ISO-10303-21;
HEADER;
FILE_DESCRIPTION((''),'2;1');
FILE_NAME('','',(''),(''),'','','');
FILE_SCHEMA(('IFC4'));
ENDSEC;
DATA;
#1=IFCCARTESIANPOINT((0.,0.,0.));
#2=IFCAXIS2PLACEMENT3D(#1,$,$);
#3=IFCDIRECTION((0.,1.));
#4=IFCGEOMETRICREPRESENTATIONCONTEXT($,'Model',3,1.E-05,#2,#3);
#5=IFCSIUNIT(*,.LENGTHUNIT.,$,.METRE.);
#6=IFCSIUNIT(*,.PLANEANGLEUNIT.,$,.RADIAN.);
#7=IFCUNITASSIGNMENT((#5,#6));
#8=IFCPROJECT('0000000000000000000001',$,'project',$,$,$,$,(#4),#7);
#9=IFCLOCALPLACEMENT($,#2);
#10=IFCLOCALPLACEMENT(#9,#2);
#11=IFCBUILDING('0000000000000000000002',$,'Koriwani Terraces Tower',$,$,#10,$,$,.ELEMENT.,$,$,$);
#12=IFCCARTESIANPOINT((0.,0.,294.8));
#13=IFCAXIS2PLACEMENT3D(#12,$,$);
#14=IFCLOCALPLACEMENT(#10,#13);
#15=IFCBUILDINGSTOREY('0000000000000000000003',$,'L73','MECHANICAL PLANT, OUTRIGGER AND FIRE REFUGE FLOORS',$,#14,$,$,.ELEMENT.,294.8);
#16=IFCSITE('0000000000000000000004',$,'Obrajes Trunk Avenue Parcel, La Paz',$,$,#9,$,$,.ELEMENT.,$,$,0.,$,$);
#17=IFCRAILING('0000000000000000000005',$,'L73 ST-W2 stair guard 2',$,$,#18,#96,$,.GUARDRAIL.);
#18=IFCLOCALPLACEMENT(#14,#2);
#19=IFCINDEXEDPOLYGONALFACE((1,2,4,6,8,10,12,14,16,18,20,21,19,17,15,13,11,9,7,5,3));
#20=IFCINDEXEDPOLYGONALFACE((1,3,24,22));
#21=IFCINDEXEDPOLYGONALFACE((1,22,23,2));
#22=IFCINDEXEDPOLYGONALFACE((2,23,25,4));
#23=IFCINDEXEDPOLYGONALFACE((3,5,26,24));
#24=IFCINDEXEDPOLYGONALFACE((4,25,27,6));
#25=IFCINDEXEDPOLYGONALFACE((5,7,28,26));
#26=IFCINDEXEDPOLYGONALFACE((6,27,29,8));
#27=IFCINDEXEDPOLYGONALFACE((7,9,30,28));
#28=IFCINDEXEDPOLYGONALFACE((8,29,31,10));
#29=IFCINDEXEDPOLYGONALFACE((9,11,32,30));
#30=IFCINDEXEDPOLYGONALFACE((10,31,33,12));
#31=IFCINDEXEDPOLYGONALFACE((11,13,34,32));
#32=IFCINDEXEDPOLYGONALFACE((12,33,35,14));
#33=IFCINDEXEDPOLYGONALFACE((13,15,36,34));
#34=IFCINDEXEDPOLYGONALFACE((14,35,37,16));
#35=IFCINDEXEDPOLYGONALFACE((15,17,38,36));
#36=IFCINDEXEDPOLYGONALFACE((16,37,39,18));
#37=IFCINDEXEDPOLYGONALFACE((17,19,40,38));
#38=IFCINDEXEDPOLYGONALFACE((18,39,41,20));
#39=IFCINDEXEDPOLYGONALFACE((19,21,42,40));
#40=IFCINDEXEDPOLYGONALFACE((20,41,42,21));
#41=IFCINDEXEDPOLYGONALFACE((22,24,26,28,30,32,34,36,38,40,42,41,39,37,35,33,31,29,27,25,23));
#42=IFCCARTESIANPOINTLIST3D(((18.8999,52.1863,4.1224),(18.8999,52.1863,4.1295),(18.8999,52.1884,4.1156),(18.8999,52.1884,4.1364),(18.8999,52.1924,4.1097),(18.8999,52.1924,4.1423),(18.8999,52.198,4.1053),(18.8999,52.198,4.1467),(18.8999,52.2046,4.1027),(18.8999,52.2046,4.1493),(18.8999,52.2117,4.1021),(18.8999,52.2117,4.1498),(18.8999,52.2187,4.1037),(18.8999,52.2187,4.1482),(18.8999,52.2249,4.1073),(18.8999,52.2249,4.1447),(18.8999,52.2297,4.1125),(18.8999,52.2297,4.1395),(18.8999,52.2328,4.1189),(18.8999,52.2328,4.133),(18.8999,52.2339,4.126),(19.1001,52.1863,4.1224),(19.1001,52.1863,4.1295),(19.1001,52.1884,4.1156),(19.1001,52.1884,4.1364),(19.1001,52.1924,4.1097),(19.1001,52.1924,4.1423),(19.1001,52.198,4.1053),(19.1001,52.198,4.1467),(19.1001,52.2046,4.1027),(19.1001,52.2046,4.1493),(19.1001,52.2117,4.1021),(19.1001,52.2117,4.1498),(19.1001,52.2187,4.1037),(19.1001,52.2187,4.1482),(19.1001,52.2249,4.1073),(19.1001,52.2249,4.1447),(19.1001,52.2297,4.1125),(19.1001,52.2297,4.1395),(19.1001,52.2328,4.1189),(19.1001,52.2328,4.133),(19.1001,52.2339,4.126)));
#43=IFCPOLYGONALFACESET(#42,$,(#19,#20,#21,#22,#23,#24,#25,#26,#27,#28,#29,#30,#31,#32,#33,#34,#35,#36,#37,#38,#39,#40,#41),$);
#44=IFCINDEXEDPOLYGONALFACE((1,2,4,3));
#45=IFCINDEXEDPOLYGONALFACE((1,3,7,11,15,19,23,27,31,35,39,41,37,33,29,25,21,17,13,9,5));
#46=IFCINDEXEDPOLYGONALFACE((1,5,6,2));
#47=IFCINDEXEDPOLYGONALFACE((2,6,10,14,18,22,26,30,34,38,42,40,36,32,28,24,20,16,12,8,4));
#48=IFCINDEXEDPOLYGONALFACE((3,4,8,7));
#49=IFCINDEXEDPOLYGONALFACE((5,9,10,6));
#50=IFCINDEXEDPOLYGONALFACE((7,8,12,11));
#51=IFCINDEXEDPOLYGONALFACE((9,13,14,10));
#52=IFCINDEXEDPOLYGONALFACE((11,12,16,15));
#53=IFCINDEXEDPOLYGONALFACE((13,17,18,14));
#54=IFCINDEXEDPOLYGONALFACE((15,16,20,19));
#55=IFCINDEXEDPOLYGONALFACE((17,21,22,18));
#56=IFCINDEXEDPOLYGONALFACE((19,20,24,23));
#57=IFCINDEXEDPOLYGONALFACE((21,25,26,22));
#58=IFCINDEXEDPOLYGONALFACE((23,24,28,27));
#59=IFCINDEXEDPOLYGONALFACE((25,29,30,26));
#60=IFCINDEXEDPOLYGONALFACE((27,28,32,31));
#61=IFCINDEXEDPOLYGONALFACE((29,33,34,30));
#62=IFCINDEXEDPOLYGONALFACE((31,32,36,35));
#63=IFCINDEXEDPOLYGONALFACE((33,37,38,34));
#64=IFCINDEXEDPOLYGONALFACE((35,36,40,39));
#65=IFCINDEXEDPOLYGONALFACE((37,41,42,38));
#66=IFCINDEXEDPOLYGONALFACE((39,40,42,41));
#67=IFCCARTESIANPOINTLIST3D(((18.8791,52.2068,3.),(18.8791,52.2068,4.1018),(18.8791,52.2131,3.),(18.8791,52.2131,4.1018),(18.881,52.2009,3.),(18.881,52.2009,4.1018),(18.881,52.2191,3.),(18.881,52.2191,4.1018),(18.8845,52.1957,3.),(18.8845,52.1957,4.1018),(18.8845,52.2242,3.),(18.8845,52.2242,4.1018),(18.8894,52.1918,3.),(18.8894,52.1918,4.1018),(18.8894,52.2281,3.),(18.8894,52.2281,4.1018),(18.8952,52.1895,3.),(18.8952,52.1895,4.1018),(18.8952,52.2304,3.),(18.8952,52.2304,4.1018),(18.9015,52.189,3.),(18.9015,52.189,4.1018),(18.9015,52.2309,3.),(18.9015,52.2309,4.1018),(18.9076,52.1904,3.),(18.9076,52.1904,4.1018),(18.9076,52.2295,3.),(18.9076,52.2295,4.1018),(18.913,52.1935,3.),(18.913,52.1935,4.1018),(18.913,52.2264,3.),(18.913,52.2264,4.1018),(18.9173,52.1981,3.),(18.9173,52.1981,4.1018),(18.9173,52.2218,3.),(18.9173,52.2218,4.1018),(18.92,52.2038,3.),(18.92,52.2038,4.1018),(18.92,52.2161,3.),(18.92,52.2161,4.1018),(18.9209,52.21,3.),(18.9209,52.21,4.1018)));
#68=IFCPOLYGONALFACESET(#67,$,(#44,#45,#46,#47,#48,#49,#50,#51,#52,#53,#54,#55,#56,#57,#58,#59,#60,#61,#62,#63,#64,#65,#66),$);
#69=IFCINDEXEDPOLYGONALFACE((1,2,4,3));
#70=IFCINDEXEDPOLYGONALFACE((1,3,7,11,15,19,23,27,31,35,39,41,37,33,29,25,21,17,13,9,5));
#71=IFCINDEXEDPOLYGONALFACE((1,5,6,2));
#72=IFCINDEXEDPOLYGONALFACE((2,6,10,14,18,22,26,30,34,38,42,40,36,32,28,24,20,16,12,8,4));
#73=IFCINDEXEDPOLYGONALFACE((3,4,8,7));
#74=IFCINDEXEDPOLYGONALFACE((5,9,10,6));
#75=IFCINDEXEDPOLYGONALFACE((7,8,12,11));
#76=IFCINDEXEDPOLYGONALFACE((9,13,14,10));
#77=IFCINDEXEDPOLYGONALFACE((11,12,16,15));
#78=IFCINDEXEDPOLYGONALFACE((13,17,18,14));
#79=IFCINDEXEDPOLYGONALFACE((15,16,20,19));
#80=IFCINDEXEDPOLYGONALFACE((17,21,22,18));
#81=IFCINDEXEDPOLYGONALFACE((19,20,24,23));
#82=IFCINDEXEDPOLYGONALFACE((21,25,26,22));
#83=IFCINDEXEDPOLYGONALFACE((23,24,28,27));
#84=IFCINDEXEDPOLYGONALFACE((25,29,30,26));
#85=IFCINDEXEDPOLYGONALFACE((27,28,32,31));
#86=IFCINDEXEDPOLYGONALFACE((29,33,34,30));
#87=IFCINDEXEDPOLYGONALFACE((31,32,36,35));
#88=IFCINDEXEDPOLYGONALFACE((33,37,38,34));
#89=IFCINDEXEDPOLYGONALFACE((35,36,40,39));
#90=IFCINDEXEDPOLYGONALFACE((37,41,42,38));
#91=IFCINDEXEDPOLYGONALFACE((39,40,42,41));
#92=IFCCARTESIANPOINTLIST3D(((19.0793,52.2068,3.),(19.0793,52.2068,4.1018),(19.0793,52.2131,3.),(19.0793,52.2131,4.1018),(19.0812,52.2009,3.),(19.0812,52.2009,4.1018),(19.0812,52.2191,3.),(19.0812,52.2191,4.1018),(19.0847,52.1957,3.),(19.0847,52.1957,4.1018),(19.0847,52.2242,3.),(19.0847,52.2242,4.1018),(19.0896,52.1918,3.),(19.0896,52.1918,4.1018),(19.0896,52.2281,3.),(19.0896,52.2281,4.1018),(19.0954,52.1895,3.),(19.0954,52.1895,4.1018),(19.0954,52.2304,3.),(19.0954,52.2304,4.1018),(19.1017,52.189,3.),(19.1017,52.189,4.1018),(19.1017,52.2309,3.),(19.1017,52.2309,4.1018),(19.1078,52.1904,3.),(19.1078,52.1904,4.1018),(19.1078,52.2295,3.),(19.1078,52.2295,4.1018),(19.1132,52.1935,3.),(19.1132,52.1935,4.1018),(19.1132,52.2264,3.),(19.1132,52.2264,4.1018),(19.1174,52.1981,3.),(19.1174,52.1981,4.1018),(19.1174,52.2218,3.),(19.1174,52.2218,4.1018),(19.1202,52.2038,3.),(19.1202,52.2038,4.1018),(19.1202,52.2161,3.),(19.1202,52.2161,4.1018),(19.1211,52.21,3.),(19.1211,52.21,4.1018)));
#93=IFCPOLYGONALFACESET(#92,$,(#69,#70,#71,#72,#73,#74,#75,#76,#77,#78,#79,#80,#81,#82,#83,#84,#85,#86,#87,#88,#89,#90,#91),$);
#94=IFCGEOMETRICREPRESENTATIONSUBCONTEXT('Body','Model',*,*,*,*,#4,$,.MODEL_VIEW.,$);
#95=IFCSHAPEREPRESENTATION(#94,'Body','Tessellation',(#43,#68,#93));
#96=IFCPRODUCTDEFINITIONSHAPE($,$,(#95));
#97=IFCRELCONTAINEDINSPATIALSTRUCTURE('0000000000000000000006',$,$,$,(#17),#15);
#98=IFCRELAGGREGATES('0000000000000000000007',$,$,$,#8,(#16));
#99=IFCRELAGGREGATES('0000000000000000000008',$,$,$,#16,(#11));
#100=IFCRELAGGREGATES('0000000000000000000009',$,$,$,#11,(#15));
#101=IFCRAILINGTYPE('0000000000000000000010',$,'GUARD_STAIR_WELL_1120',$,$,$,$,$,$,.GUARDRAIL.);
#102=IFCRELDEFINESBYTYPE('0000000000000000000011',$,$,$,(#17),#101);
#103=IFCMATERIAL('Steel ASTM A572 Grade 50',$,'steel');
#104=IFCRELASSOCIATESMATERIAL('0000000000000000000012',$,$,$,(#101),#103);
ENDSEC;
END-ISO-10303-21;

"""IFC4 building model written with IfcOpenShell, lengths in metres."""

from ifc_helpers import new_model, si_unit, direction, frame, origin, origin_2d, place, context, subcontext, project, spatial, circle, extrude, material, type_object, element, save


model = new_model("IFC4")

# Units and contexts
model_context = context("Model", 3, precision=1e-05, world=origin(), true_north=direction((0.0, 1.0)))
body_context = subcontext(model_context, "Body", "Model", "MODEL_VIEW")
ifc_project = project(units=[si_unit("LENGTHUNIT", "METRE"), si_unit("PLANEANGLEUNIT", "RADIAN")], contexts=[model_context])

# Site, building, storey
site_placement = place(None, origin())
site = spatial("IfcSite", under=ifc_project, at=site_placement, Name="Obrajes Trunk Avenue Parcel, La Paz", CompositionType="ELEMENT", RefElevation=0.0)
building_placement = place(site_placement, origin())
building = spatial("IfcBuilding", under=site, at=building_placement, Name="Koriwani Terraces Tower", CompositionType="ELEMENT")
storey_placement = place(building_placement, frame((0.0, 0.0, 294.8)))
storey = spatial("IfcBuildingStorey", under=building, at=storey_placement, Name="L73", Description="MECHANICAL PLANT, OUTRIGGER AND FIRE REFUGE FLOORS", CompositionType="ELEMENT", Elevation=294.8)

# Shared definitions
ifc_material_1 = material(Name="Steel ASTM A572 Grade 50", Category="steel")

# Railing
railing_type_1 = type_object("IfcRailingType", Name="GUARD_STAIR_WELL_1120", PredefinedType="GUARDRAIL", material=ifc_material_1)
railing_1_placement = place(storey_placement, frame((18.8999, 52.21, 3.0)))
element("IfcRailing", 1, at=railing_1_placement, inside=storey, type_object=railing_type_1, Name="L73 ST-W2 stair guard 2", PredefinedType="GUARDRAIL", context=body_context, shape_type="SweptSolid", body=[
    extrude(circle(Radius=0.0239, at=origin_2d()), frame((0.0, 0.0, 1.126), z_axis=(1.0, 0.0, 0.0), x_axis=(0.0, 1.0, 0.0)), (0.0, 0.0, 1.0), 0.2002),
    extrude(circle(Radius=0.021, at=origin_2d()), origin(), (0.0, 0.0, 1.0), 1.1018),
    extrude(circle(Radius=0.021, at=origin_2d()), frame((0.2002, 0.0, 0.0)), (0.0, 0.0, 1.0), 1.1018),
])

save(model, "model.ifc")
